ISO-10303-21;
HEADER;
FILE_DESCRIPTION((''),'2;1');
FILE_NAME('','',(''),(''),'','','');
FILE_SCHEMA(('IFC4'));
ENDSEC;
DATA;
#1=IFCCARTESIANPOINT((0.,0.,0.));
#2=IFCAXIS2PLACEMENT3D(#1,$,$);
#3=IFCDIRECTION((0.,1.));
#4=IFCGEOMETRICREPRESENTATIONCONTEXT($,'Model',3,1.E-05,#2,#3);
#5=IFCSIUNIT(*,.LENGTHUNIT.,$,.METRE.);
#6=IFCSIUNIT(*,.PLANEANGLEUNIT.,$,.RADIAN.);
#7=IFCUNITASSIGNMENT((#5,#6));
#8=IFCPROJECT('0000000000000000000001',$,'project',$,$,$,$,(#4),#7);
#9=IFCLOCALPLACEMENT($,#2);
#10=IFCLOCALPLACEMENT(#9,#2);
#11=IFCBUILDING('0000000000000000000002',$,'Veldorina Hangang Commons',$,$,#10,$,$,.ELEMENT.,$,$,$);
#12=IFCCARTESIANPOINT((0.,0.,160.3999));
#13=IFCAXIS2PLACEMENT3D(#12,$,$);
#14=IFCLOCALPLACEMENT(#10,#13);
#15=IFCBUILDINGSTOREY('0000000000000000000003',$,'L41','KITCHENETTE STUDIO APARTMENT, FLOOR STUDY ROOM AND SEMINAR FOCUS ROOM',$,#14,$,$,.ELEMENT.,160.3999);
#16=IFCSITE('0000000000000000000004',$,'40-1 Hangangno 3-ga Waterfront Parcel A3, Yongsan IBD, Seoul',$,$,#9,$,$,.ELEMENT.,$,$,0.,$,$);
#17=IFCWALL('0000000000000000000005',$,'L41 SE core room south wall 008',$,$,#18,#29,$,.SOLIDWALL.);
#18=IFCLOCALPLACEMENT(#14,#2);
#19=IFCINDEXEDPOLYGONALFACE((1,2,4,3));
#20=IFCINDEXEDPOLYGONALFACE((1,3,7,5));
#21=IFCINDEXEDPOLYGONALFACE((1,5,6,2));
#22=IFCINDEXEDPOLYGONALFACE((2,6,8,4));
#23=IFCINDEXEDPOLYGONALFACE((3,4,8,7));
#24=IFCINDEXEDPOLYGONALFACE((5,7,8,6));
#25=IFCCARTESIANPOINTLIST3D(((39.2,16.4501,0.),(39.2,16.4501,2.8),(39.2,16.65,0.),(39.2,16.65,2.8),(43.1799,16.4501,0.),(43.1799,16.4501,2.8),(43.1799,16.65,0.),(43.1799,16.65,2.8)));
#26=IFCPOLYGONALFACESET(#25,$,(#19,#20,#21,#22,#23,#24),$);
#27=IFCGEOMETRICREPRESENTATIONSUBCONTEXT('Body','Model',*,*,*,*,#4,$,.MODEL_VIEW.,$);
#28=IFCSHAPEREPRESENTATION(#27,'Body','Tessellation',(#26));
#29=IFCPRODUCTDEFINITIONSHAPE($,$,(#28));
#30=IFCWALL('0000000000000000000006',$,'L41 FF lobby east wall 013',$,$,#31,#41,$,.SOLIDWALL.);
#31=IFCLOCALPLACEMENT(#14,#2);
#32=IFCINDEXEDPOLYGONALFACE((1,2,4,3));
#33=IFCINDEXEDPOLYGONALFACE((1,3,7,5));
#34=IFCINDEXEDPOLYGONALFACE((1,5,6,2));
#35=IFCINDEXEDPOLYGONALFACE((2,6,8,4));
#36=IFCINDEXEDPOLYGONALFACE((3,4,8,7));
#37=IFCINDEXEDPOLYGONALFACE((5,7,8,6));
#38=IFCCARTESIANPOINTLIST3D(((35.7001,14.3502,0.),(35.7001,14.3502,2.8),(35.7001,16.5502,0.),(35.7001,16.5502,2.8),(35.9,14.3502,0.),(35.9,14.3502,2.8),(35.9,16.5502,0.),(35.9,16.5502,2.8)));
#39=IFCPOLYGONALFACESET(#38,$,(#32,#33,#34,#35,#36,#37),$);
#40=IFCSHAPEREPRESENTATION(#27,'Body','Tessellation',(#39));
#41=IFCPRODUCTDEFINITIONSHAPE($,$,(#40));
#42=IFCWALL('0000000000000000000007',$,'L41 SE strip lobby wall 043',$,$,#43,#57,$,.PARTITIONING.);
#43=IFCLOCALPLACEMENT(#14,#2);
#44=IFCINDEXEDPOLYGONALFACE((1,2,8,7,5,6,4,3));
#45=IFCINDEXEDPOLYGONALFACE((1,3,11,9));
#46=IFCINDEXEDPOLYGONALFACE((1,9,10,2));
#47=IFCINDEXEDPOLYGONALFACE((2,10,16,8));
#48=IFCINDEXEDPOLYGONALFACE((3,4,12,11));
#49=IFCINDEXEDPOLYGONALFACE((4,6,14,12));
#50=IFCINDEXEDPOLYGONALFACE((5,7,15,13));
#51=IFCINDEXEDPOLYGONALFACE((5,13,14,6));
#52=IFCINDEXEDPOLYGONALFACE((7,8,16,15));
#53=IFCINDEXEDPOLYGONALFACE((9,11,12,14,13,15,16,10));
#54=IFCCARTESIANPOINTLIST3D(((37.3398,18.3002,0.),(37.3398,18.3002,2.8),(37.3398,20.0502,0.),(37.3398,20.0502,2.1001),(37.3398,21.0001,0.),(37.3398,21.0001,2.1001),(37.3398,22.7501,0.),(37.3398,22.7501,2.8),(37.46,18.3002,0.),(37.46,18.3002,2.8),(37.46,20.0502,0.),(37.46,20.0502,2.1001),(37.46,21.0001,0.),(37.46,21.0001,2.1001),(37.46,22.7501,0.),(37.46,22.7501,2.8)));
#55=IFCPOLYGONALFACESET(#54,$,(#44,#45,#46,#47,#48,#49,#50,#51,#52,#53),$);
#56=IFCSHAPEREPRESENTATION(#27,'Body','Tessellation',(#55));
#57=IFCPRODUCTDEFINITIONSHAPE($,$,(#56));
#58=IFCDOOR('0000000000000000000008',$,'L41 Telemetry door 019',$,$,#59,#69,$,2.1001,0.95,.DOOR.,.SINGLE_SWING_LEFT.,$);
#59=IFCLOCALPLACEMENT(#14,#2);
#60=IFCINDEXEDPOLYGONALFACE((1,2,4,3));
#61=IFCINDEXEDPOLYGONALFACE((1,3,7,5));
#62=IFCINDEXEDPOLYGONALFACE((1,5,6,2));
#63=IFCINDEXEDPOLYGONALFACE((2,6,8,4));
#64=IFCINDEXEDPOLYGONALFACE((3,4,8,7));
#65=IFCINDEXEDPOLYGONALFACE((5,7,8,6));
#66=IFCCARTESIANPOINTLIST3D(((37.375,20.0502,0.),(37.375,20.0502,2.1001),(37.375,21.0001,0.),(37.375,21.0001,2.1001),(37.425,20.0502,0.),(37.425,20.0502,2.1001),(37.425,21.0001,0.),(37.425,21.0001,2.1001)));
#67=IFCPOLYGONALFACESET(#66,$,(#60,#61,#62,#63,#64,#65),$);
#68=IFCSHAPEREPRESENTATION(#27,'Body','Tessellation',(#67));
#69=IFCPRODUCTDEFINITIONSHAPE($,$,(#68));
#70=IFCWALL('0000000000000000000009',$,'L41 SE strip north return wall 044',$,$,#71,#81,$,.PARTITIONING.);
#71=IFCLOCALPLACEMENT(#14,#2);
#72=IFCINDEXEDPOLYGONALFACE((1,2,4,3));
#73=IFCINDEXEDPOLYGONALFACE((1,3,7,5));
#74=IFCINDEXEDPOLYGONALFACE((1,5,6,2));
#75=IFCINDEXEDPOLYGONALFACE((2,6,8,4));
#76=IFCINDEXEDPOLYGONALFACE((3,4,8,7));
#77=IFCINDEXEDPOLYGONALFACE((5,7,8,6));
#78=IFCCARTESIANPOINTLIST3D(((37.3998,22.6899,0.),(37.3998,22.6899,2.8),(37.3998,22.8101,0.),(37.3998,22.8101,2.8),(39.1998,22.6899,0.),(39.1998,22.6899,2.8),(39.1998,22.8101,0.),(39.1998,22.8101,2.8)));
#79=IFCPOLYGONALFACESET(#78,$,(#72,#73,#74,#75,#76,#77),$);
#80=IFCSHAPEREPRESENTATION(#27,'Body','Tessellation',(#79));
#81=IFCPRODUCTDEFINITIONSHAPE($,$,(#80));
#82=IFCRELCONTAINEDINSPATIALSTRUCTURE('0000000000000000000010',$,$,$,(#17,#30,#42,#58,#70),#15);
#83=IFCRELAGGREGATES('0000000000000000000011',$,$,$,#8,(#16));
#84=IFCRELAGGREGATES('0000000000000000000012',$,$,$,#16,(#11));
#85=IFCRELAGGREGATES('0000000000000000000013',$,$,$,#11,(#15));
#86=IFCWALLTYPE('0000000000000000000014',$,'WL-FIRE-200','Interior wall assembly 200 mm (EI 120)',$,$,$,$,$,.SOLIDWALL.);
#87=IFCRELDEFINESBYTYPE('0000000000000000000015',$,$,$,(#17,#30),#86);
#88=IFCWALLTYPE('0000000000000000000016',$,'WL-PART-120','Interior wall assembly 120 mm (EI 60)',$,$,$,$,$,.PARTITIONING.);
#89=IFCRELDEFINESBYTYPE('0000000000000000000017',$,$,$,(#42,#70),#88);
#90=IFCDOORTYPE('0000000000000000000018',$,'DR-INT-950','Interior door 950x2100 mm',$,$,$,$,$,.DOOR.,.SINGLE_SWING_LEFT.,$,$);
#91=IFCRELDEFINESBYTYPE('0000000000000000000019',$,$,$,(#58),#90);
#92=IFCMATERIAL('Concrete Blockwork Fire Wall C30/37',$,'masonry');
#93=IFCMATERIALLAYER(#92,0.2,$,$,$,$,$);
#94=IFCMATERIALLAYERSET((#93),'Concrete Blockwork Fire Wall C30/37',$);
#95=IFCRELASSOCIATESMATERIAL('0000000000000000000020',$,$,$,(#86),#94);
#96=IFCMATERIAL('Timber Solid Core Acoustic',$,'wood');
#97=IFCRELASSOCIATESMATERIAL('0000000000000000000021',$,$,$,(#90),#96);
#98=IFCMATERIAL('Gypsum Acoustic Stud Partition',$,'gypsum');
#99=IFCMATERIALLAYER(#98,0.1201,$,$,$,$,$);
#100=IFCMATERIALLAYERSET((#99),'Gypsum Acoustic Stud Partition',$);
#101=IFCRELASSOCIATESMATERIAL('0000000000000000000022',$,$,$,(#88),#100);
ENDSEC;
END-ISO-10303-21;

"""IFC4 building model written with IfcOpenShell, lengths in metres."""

from ifc_helpers import new_model, si_unit, direction, frame, frame_2d, origin, place, context, subcontext, project, spatial, rectangle, extrude, material, layer, layer_set, type_object, element, fill, save


model = new_model("IFC4")

# Units and contexts
model_context = context("Model", 3, precision=1e-05, world=origin(), true_north=direction((0.0, 1.0)))
body_context = subcontext(model_context, "Body", "Model", "MODEL_VIEW")
ifc_project = project(units=[si_unit("LENGTHUNIT", "METRE"), si_unit("PLANEANGLEUNIT", "RADIAN")], contexts=[model_context])

# Site, building, storey
site_placement = place(None, origin())
site = spatial("IfcSite", under=ifc_project, at=site_placement, Name="40-1 Hangangno 3-ga Waterfront Parcel A3, Yongsan IBD, Seoul", CompositionType="ELEMENT", RefElevation=0.0)
building_placement = place(site_placement, origin())
building = spatial("IfcBuilding", under=site, at=building_placement, Name="Veldorina Hangang Commons", CompositionType="ELEMENT")
storey_placement = place(building_placement, frame((0.0, 0.0, 160.3999)))
storey = spatial("IfcBuildingStorey", under=building, at=storey_placement, Name="L41", Description="KITCHENETTE STUDIO APARTMENT, FLOOR STUDY ROOM AND SEMINAR FOCUS ROOM", CompositionType="ELEMENT", Elevation=160.3999)

# Shared definitions
ifc_material_1 = material(Name="Timber Solid Core Acoustic", Category="wood")

# Shared definitions
ifc_material_2 = material(Name="Concrete Blockwork Fire Wall C30/37", Category="masonry")
ifc_layer_1 = layer(ifc_material_2, 0.2)
ifc_layer_set_1 = layer_set([ifc_layer_1], Name="Concrete Blockwork Fire Wall C30/37")
wall_type_1 = type_object("IfcWallType", Name="WL-FIRE-200", Description="Interior wall assembly 200 mm (EI 120)", PredefinedType="SOLIDWALL", material=ifc_layer_set_1)
door_type_1 = type_object("IfcDoorType", Name="DR-INT-950", Description="Interior door 950x2100 mm", OperationType="SINGLE_SWING_LEFT", PredefinedType="DOOR", material=ifc_material_1)

# Walls
wall_1_placement = place(storey_placement, frame((39.2, 16.55, 0.0), z_axis=(0.0, 0.0, 1.0), x_axis=(1.0, 0.0, 0.0)))
element("IfcWall", 1, at=wall_1_placement, inside=storey, type_object=wall_type_1, Name="L41 SE core room south wall 008", PredefinedType="SOLIDWALL", context=body_context, shape_type="SweptSolid", body=[
    extrude(rectangle(XDim=3.98, YDim=0.2, at=frame_2d((1.99, 0.0))), origin(), (0.0, 0.0, 1.0), 2.8),
])
wall_2_placement = place(storey_placement, frame((35.8, 14.3501, 0.0), z_axis=(0.0, 0.0, 1.0), x_axis=(0.0, 1.0, 0.0)))
element("IfcWall", 2, at=wall_2_placement, inside=storey, type_object=wall_type_1, Name="L41 FF lobby east wall 013", PredefinedType="SOLIDWALL", context=body_context, shape_type="SweptSolid", body=[
    extrude(rectangle(XDim=2.2, YDim=0.2, at=frame_2d((1.1001, 0.0))), origin(), (0.0, 0.0, 1.0), 2.8),
])

# Wall, opening, door
ifc_material_3 = material(Name="Gypsum Acoustic Stud Partition", Category="gypsum")
ifc_layer_2 = layer(ifc_material_3, 0.1201)
ifc_layer_set_2 = layer_set([ifc_layer_2], Name="Gypsum Acoustic Stud Partition")
wall_type_2 = type_object("IfcWallType", Name="WL-PART-120", Description="Interior wall assembly 120 mm (EI 60)", PredefinedType="PARTITIONING", material=ifc_layer_set_2)
wall_3_placement = place(storey_placement, frame((37.3999, 18.3, 0.0), z_axis=(0.0, 0.0, 1.0), x_axis=(0.0, 1.0, 0.0)))
wall_3 = element("IfcWall", 3, at=wall_3_placement, inside=storey, type_object=wall_type_2, Name="L41 SE strip lobby wall 043", PredefinedType="PARTITIONING", context=body_context, shape_type="SweptSolid", body=[
    extrude(rectangle(XDim=4.45, YDim=0.1201, at=frame_2d((2.2251, 0.0))), origin(), (0.0, 0.0, 1.0), 2.8),
])
opening_1_placement = place(wall_3_placement, frame((1.75, 0.0, 0.0)))
opening_1 = element("IfcOpeningElement", 4, at=opening_1_placement, cuts=wall_3, PredefinedType="OPENING", context=body_context, shape_type="SweptSolid", body=[
    extrude(rectangle(XDim=0.95, YDim=2.1001, at=frame_2d((0.4751, 1.05))), frame((0.0, 0.0701, 0.0), z_axis=(0.0, -1.0, 0.0), x_axis=(1.0, 0.0, 0.0)), (0.0, 0.0, 1.0), 0.1401),
])
door_1_placement = place(opening_1_placement, origin())
door_1 = element("IfcDoor", 5, at=door_1_placement, inside=storey, type_object=door_type_1, Name="L41 Telemetry door 019", OperationType="SINGLE_SWING_LEFT", OverallHeight=2.1001, OverallWidth=0.95, PredefinedType="DOOR", context=body_context, shape_type="SweptSolid", body=[
    extrude(rectangle(XDim=0.95, YDim=2.1001, at=frame_2d((0.4751, 1.05))), frame((0.0, 0.0249, 0.0), z_axis=(0.0, -1.0, 0.0), x_axis=(1.0, 0.0, 0.0)), (0.0, 0.0, 1.0), 0.05),
])
fill(opening_1, door_1)

# Wall
wall_4_placement = place(storey_placement, frame((37.3999, 22.75, 0.0), z_axis=(0.0, 0.0, 1.0), x_axis=(1.0, 0.0, 0.0)))
element("IfcWall", 6, at=wall_4_placement, inside=storey, type_object=wall_type_2, Name="L41 SE strip north return wall 044", PredefinedType="PARTITIONING", context=body_context, shape_type="SweptSolid", body=[
    extrude(rectangle(XDim=1.8, YDim=0.1201, at=frame_2d((0.8999, 0.0))), origin(), (0.0, 0.0, 1.0), 2.8),
])

save(model, "model.ifc")
